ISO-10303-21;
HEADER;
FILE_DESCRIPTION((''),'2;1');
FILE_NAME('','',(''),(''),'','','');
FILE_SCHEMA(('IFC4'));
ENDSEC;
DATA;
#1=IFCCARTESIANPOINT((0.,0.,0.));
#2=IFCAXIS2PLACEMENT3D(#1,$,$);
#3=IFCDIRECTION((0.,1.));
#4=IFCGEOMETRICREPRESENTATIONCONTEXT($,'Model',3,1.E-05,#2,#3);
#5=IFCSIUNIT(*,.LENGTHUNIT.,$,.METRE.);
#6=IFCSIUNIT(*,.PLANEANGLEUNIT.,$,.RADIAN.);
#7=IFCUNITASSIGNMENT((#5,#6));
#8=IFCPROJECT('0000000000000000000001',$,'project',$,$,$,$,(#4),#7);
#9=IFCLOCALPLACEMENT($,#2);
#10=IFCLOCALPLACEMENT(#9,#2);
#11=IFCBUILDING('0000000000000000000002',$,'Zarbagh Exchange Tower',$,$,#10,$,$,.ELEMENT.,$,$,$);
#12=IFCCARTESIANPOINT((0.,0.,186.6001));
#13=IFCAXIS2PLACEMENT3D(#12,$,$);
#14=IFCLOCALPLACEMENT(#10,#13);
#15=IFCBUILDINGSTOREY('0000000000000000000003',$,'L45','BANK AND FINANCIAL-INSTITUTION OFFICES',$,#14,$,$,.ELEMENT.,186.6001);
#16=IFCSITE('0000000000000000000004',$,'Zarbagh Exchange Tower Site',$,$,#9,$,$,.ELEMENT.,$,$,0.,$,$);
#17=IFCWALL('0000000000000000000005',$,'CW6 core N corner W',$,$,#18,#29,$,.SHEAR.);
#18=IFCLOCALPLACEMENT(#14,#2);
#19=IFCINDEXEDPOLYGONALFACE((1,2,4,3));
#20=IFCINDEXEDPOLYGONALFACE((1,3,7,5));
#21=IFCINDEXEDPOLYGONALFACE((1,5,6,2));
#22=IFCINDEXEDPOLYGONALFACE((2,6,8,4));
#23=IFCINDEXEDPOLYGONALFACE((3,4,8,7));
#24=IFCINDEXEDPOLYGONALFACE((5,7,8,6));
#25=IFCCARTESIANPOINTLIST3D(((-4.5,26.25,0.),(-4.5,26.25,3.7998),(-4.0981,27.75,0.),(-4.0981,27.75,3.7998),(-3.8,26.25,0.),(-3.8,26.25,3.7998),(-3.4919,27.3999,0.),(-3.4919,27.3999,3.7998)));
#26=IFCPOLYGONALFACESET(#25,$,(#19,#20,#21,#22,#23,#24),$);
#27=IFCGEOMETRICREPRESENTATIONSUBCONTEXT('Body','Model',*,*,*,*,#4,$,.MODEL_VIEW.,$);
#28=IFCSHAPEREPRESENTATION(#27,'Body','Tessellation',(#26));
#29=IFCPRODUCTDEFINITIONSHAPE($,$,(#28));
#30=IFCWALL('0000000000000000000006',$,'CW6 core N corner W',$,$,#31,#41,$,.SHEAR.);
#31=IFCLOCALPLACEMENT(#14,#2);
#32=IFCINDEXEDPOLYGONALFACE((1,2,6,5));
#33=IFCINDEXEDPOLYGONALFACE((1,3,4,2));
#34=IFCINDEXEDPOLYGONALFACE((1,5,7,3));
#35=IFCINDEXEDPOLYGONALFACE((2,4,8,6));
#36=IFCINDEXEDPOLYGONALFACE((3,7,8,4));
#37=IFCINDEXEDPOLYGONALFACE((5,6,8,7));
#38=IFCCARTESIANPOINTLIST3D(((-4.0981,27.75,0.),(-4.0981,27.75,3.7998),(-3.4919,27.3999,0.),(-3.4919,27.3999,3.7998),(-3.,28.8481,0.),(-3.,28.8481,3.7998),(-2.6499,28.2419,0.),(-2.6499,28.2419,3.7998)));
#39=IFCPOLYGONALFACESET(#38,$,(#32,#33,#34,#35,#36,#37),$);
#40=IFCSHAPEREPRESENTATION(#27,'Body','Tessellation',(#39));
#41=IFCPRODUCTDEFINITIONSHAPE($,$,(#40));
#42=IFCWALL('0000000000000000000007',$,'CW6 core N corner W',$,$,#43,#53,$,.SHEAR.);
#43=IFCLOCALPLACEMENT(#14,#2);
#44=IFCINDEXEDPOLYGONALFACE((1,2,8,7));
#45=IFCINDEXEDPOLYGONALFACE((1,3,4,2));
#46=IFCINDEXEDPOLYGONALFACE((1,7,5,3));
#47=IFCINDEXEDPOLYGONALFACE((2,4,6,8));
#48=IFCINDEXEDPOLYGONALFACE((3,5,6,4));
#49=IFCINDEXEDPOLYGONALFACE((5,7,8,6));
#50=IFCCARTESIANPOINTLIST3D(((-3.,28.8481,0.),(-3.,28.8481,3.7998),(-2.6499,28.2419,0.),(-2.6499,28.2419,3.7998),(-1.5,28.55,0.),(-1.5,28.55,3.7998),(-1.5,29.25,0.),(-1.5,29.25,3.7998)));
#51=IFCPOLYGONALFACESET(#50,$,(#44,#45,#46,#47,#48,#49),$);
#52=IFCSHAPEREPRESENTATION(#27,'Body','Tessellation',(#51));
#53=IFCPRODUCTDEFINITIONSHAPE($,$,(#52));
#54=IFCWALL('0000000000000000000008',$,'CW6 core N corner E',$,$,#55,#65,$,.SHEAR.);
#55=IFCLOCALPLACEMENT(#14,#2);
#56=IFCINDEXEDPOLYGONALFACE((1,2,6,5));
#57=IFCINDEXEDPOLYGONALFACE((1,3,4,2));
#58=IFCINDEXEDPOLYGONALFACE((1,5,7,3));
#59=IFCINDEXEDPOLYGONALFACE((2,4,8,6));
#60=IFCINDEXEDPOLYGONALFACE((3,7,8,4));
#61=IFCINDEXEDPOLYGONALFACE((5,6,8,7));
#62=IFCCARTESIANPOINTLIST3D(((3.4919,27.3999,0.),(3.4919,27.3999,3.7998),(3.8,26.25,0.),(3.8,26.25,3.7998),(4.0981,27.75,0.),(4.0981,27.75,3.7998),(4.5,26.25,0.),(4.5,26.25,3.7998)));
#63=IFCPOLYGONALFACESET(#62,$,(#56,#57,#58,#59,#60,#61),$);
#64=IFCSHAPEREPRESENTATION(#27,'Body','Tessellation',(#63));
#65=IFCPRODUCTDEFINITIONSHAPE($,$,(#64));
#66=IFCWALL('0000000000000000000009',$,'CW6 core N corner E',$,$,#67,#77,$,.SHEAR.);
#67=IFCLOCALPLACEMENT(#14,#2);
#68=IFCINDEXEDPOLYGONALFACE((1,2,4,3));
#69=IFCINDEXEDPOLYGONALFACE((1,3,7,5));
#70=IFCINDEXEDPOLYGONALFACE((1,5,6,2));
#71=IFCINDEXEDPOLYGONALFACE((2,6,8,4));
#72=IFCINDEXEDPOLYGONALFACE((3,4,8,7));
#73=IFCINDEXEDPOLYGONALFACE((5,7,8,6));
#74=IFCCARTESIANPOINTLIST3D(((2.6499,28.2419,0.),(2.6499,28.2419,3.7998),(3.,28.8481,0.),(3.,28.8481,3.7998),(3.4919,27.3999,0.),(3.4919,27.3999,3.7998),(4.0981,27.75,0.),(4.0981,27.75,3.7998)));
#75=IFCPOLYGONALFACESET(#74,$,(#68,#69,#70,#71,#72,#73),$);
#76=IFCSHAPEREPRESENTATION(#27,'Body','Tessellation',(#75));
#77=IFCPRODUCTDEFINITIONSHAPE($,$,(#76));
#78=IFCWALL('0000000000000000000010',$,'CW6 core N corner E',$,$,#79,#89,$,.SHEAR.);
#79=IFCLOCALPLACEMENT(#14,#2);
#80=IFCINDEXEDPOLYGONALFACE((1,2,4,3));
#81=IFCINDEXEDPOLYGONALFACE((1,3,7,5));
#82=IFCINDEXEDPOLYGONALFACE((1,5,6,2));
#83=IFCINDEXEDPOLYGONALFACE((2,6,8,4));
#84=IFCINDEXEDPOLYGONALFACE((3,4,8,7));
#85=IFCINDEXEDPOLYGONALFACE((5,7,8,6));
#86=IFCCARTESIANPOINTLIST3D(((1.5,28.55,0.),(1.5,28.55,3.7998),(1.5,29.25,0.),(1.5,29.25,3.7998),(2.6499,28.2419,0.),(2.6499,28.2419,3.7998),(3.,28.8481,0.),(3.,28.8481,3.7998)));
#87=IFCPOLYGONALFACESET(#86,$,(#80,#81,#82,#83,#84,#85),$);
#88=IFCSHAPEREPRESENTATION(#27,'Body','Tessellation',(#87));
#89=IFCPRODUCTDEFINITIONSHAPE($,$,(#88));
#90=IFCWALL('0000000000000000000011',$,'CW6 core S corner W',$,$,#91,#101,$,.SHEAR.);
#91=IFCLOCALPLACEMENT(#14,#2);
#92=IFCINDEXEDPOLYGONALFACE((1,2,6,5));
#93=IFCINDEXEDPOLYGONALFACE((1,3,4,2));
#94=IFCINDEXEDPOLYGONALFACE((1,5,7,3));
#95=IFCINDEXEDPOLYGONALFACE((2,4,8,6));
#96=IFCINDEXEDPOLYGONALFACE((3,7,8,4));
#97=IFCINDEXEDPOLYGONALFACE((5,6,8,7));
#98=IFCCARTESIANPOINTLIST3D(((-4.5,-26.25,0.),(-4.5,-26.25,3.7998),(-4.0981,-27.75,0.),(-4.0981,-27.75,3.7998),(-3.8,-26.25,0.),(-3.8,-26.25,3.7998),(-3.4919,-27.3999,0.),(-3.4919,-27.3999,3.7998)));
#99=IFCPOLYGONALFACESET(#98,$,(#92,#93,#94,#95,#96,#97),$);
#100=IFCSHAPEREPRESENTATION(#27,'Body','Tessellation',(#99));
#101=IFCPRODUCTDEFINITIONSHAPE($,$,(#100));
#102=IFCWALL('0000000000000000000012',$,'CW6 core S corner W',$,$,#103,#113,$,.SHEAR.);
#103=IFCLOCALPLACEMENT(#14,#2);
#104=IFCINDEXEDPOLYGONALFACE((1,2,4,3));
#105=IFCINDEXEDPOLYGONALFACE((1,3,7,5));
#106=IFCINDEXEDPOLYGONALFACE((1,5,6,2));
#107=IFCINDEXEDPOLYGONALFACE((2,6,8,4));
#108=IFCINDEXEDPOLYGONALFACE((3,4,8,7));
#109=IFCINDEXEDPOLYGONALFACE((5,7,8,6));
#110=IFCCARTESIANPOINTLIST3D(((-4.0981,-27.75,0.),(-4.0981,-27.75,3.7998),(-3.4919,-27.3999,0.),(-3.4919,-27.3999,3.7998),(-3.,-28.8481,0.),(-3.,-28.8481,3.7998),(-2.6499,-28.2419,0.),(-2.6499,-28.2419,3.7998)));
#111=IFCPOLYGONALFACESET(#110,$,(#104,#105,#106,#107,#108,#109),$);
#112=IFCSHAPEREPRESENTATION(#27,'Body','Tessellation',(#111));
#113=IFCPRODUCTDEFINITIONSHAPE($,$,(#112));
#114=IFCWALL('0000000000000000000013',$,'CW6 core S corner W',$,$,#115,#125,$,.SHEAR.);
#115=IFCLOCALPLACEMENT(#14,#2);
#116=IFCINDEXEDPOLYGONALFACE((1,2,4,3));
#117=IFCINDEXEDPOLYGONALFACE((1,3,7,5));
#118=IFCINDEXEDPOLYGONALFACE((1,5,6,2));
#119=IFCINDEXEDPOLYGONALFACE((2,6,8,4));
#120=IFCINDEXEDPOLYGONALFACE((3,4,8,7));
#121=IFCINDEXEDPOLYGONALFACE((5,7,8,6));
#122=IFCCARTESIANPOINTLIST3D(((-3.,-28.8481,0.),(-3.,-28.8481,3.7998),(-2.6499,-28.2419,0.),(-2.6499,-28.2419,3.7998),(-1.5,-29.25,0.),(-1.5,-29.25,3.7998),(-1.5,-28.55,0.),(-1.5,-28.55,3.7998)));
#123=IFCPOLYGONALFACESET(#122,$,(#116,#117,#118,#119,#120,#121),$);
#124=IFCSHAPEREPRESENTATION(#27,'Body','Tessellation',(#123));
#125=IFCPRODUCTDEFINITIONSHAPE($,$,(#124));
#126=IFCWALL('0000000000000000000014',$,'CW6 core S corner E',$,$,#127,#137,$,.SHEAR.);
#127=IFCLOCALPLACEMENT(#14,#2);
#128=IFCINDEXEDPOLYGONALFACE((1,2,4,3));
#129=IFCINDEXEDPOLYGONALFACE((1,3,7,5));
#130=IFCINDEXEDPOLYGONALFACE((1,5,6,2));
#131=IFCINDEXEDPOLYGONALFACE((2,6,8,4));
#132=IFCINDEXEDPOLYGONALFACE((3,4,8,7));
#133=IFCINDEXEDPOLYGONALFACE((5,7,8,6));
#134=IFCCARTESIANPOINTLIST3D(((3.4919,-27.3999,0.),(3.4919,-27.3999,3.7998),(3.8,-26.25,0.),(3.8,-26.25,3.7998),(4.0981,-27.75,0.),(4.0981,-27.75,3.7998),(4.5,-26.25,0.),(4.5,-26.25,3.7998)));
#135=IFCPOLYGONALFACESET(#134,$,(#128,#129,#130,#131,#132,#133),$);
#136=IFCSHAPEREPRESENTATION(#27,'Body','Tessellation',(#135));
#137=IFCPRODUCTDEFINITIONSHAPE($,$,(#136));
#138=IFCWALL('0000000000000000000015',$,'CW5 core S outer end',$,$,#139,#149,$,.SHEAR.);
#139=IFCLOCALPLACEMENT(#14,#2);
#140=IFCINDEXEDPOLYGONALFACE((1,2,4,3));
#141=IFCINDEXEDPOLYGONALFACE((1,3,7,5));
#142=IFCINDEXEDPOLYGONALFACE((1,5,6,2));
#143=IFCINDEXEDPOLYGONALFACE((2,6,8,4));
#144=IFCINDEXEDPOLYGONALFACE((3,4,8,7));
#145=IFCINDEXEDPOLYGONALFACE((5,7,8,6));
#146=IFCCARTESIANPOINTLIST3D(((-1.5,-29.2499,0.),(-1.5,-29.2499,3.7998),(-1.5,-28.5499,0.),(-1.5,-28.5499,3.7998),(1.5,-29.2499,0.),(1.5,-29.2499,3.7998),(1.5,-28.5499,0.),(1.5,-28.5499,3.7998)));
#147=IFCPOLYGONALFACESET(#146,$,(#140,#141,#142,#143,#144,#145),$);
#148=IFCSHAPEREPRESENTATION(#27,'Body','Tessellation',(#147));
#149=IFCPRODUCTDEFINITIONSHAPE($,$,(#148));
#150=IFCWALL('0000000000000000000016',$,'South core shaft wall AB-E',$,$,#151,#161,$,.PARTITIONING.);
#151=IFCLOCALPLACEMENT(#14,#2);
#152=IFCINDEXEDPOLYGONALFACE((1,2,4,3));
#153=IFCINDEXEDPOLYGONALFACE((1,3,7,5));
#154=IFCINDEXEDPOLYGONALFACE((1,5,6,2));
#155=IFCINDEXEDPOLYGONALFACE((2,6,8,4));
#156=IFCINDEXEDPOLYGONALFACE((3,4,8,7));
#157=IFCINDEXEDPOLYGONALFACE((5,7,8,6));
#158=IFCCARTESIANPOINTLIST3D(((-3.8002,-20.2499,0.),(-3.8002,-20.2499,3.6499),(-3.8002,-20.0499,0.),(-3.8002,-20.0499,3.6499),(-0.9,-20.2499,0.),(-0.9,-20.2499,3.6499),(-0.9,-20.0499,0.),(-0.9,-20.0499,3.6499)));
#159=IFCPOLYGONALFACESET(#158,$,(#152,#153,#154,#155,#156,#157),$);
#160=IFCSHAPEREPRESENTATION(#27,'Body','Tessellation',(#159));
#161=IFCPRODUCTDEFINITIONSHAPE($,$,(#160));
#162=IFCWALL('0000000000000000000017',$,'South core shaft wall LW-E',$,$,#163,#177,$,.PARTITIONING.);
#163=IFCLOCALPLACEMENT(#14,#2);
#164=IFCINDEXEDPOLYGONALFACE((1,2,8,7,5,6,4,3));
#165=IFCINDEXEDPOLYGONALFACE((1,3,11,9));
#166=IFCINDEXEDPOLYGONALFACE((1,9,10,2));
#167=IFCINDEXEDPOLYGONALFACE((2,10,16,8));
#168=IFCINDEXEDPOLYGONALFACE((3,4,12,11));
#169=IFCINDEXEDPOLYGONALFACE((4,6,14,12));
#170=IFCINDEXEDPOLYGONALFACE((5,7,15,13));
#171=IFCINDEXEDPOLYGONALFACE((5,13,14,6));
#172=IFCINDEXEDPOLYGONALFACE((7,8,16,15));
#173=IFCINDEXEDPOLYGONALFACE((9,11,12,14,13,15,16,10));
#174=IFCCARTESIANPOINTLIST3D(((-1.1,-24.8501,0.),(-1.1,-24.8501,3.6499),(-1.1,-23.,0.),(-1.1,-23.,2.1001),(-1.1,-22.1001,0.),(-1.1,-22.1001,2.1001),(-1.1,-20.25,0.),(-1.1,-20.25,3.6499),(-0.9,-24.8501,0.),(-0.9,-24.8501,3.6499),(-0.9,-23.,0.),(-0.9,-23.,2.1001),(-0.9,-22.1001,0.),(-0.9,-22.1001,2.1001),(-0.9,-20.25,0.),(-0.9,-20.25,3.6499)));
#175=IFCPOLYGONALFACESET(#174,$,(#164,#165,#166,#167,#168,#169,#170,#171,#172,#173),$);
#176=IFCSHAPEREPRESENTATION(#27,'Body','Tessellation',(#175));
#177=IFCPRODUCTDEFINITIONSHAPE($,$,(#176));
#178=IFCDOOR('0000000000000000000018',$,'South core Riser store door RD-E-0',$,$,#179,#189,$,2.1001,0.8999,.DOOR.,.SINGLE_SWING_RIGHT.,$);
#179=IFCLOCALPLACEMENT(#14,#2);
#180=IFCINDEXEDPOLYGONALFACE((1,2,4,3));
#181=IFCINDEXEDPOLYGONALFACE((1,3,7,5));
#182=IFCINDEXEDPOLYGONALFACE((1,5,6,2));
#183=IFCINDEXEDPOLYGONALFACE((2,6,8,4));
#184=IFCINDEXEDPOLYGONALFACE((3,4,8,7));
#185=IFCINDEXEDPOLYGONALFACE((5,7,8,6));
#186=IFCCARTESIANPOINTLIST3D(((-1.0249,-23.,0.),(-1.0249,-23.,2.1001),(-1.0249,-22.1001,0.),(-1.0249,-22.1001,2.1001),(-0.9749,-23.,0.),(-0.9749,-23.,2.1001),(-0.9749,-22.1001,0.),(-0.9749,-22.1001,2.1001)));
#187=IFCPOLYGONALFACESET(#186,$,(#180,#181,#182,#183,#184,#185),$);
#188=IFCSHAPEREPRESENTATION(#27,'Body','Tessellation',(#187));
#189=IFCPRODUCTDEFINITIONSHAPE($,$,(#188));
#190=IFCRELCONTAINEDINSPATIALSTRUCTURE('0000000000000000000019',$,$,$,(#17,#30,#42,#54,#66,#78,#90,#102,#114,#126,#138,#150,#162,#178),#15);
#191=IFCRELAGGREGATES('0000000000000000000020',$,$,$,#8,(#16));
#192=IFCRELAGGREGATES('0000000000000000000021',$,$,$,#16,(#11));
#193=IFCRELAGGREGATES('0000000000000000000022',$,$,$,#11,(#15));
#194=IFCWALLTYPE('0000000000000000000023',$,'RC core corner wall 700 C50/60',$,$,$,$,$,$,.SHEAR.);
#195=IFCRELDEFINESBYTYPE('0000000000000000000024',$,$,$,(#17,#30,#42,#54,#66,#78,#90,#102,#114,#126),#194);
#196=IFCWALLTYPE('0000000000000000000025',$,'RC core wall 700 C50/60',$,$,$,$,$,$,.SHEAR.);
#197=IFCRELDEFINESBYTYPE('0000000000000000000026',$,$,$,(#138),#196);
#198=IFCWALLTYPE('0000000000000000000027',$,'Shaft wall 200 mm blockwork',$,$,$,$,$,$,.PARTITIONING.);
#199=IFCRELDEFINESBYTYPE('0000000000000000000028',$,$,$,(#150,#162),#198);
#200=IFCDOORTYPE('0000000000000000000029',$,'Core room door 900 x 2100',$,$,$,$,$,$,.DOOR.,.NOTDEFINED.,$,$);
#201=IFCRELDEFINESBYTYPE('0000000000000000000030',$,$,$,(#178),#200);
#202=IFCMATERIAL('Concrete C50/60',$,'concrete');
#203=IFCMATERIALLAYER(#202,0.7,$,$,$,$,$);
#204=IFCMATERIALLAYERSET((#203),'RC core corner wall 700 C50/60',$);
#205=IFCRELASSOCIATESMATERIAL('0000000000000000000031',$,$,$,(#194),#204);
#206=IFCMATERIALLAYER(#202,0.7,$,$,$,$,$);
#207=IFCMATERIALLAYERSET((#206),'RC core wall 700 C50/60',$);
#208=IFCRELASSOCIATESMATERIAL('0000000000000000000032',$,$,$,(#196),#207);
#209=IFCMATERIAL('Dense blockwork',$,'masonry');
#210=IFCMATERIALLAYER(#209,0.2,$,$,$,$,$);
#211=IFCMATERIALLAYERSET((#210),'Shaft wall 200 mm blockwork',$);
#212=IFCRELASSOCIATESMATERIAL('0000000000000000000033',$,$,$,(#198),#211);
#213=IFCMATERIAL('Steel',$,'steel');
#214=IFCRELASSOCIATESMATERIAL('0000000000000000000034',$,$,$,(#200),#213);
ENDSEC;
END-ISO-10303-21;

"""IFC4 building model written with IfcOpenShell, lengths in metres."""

from ifc_helpers import new_model, si_unit, direction, frame, frame_2d, origin, place, context, subcontext, project, spatial, polyline, rectangle, outline, extrude, material, layer, layer_set, type_object, element, fill, save


model = new_model("IFC4")

# Units and contexts
model_context = context("Model", 3, precision=1e-05, world=origin(), true_north=direction((0.0, 1.0)))
body_context = subcontext(model_context, "Body", "Model", "MODEL_VIEW")
ifc_project = project(units=[si_unit("LENGTHUNIT", "METRE"), si_unit("PLANEANGLEUNIT", "RADIAN")], contexts=[model_context])

# Site, building, storey
site_placement = place(None, origin())
site = spatial("IfcSite", under=ifc_project, at=site_placement, Name="Zarbagh Exchange Tower Site", CompositionType="ELEMENT", RefElevation=0.0)
building_placement = place(site_placement, origin())
building = spatial("IfcBuilding", under=site, at=building_placement, Name="Zarbagh Exchange Tower", CompositionType="ELEMENT")
storey_placement = place(building_placement, frame((0.0, 0.0, 186.6001)))
storey = spatial("IfcBuildingStorey", under=building, at=storey_placement, Name="L45", Description="BANK AND FINANCIAL-INSTITUTION OFFICES", CompositionType="ELEMENT", Elevation=186.6001)

# Walls
ifc_material_1 = material(Name="Concrete C50/60", Category="concrete")
ifc_layer_1 = layer(ifc_material_1, 0.7)
ifc_layer_set_1 = layer_set([ifc_layer_1], Name="RC core corner wall 700 C50/60")
wall_type_1 = type_object("IfcWallType", Name="RC core corner wall 700 C50/60", PredefinedType="SHEAR", material=ifc_layer_set_1)
wall_1_placement = place(storey_placement, origin())
element("IfcWall", 1, at=wall_1_placement, inside=storey, type_object=wall_type_1, Name="CW6 core N corner W", PredefinedType="SHEAR", context=body_context, shape_type="SweptSolid", body=[
    extrude(outline(polyline([(-4.5, 26.25), (-4.0981, 27.75), (-3.4919, 27.3999), (-3.8, 26.25), (-4.5, 26.25)])), origin(), (0.0, 0.0, 1.0), 3.7998),
])
wall_2_placement = place(storey_placement, origin())
element("IfcWall", 2, at=wall_2_placement, inside=storey, type_object=wall_type_1, Name="CW6 core N corner W", PredefinedType="SHEAR", context=body_context, shape_type="SweptSolid", body=[
    extrude(outline(polyline([(-4.0981, 27.75), (-3.0, 28.8481), (-2.6499, 28.2419), (-3.4919, 27.3999), (-4.0981, 27.75)])), origin(), (0.0, 0.0, 1.0), 3.7998),
])
wall_3_placement = place(storey_placement, origin())
element("IfcWall", 3, at=wall_3_placement, inside=storey, type_object=wall_type_1, Name="CW6 core N corner W", PredefinedType="SHEAR", context=body_context, shape_type="SweptSolid", body=[
    extrude(outline(polyline([(-3.0, 28.8481), (-1.5, 29.25), (-1.5, 28.55), (-2.6499, 28.2419), (-3.0, 28.8481)])), origin(), (0.0, 0.0, 1.0), 3.7998),
])
wall_4_placement = place(storey_placement, origin())
element("IfcWall", 4, at=wall_4_placement, inside=storey, type_object=wall_type_1, Name="CW6 core N corner E", PredefinedType="SHEAR", context=body_context, shape_type="SweptSolid", body=[
    extrude(outline(polyline([(4.5, 26.25), (4.0981, 27.75), (3.4919, 27.3999), (3.8, 26.25), (4.5, 26.25)])), origin(), (0.0, 0.0, 1.0), 3.7998),
])
wall_5_placement = place(storey_placement, origin())
element("IfcWall", 5, at=wall_5_placement, inside=storey, type_object=wall_type_1, Name="CW6 core N corner E", PredefinedType="SHEAR", context=body_context, shape_type="SweptSolid", body=[
    extrude(outline(polyline([(4.0981, 27.75), (3.0, 28.8481), (2.6499, 28.2419), (3.4919, 27.3999), (4.0981, 27.75)])), origin(), (0.0, 0.0, 1.0), 3.7998),
])
wall_6_placement = place(storey_placement, origin())
element("IfcWall", 6, at=wall_6_placement, inside=storey, type_object=wall_type_1, Name="CW6 core N corner E", PredefinedType="SHEAR", context=body_context, shape_type="SweptSolid", body=[
    extrude(outline(polyline([(3.0, 28.8481), (1.5, 29.25), (1.5, 28.55), (2.6499, 28.2419), (3.0, 28.8481)])), origin(), (0.0, 0.0, 1.0), 3.7998),
])
wall_7_placement = place(storey_placement, origin())
element("IfcWall", 7, at=wall_7_placement, inside=storey, type_object=wall_type_1, Name="CW6 core S corner W", PredefinedType="SHEAR", context=body_context, shape_type="SweptSolid", body=[
    extrude(outline(polyline([(-4.5, -26.25), (-4.0981, -27.75), (-3.4919, -27.3999), (-3.8, -26.25), (-4.5, -26.25)])), origin(), (0.0, 0.0, 1.0), 3.7998),
])
wall_8_placement = place(storey_placement, origin())
element("IfcWall", 8, at=wall_8_placement, inside=storey, type_object=wall_type_1, Name="CW6 core S corner W", PredefinedType="SHEAR", context=body_context, shape_type="SweptSolid", body=[
    extrude(outline(polyline([(-4.0981, -27.75), (-3.0, -28.8481), (-2.6499, -28.2419), (-3.4919, -27.3999), (-4.0981, -27.75)])), origin(), (0.0, 0.0, 1.0), 3.7998),
])
wall_9_placement = place(storey_placement, origin())
element("IfcWall", 9, at=wall_9_placement, inside=storey, type_object=wall_type_1, Name="CW6 core S corner W", PredefinedType="SHEAR", context=body_context, shape_type="SweptSolid", body=[
    extrude(outline(polyline([(-3.0, -28.8481), (-1.5, -29.25), (-1.5, -28.55), (-2.6499, -28.2419), (-3.0, -28.8481)])), origin(), (0.0, 0.0, 1.0), 3.7998),
])
wall_10_placement = place(storey_placement, origin())
element("IfcWall", 10, at=wall_10_placement, inside=storey, type_object=wall_type_1, Name="CW6 core S corner E", PredefinedType="SHEAR", context=body_context, shape_type="SweptSolid", body=[
    extrude(outline(polyline([(4.5, -26.25), (4.0981, -27.75), (3.4919, -27.3999), (3.8, -26.25), (4.5, -26.25)])), origin(), (0.0, 0.0, 1.0), 3.7998),
])
ifc_layer_2 = layer(ifc_material_1, 0.7)
ifc_layer_set_2 = layer_set([ifc_layer_2], Name="RC core wall 700 C50/60")
wall_type_2 = type_object("IfcWallType", Name="RC core wall 700 C50/60", PredefinedType="SHEAR", material=ifc_layer_set_2)
wall_11_placement = place(storey_placement, frame((-1.5, -28.8999, 0.0), z_axis=(0.0, 0.0, 1.0), x_axis=(1.0, 0.0, 0.0)))
element("IfcWall", 11, at=wall_11_placement, inside=storey, type_object=wall_type_2, Name="CW5 core S outer end", PredefinedType="SHEAR", context=body_context, shape_type="SweptSolid", body=[
    extrude(rectangle(XDim=3.0, YDim=0.7, at=frame_2d((1.5, 0.0))), origin(), (0.0, 0.0, 1.0), 3.7998),
])
ifc_material_2 = material(Name="Dense blockwork", Category="masonry")
ifc_layer_3 = layer(ifc_material_2, 0.2)
ifc_layer_set_3 = layer_set([ifc_layer_3], Name="Shaft wall 200 mm blockwork")
wall_type_3 = type_object("IfcWallType", Name="Shaft wall 200 mm blockwork", PredefinedType="PARTITIONING", material=ifc_layer_set_3)
wall_12_placement = place(storey_placement, frame((-0.8999, -20.1499, 0.0), z_axis=(0.0, 0.0, 1.0), x_axis=(-1.0, 0.0, 0.0)))
element("IfcWall", 12, at=wall_12_placement, inside=storey, type_object=wall_type_3, Name="South core shaft wall AB-E", PredefinedType="PARTITIONING", context=body_context, shape_type="SweptSolid", body=[
    extrude(rectangle(XDim=2.9001, YDim=0.2, at=frame_2d((1.4502, 0.0))), origin(), (0.0, 0.0, 1.0), 3.6499),
])

# Wall, opening, door
wall_13_placement = place(storey_placement, frame((-1.0, -24.8501, 0.0), z_axis=(0.0, 0.0, 1.0), x_axis=(0.0, 1.0, 0.0)))
wall_13 = element("IfcWall", 13, at=wall_13_placement, inside=storey, type_object=wall_type_3, Name="South core shaft wall LW-E", PredefinedType="PARTITIONING", context=body_context, shape_type="SweptSolid", body=[
    extrude(rectangle(XDim=4.6001, YDim=0.2, at=frame_2d((2.3, 0.0))), origin(), (0.0, 0.0, 1.0), 3.6499),
])
opening_1_placement = place(wall_13_placement, frame((1.8501, 0.0, 0.0)))
opening_1 = element("IfcOpeningElement", 14, at=opening_1_placement, cuts=wall_13, PredefinedType="OPENING", context=body_context, shape_type="SweptSolid", body=[
    extrude(rectangle(XDim=0.8999, YDim=2.1001, at=frame_2d((0.45, 1.05))), frame((0.0, 0.1099, 0.0), z_axis=(0.0, -1.0, 0.0), x_axis=(1.0, 0.0, 0.0)), (0.0, 0.0, 1.0), 0.22),
])
ifc_material_3 = material(Name="Steel", Category="steel")
door_type_1 = type_object("IfcDoorType", Name="Core room door 900 x 2100", OperationType="NOTDEFINED", PredefinedType="DOOR", material=ifc_material_3)
door_1_placement = place(opening_1_placement, origin())
door_1 = element("IfcDoor", 15, at=door_1_placement, inside=storey, type_object=door_type_1, Name="South core Riser store door RD-E-0", OperationType="SINGLE_SWING_RIGHT", OverallHeight=2.1001, OverallWidth=0.8999, PredefinedType="DOOR", context=body_context, shape_type="SweptSolid", body=[
    extrude(rectangle(XDim=0.8999, YDim=2.1001, at=frame_2d((0.45, 1.05))), frame((0.0, 0.0249, 0.0), z_axis=(0.0, -1.0, 0.0), x_axis=(1.0, 0.0, 0.0)), (0.0, 0.0, 1.0), 0.05),
])
fill(opening_1, door_1)

save(model, "model.ifc")
